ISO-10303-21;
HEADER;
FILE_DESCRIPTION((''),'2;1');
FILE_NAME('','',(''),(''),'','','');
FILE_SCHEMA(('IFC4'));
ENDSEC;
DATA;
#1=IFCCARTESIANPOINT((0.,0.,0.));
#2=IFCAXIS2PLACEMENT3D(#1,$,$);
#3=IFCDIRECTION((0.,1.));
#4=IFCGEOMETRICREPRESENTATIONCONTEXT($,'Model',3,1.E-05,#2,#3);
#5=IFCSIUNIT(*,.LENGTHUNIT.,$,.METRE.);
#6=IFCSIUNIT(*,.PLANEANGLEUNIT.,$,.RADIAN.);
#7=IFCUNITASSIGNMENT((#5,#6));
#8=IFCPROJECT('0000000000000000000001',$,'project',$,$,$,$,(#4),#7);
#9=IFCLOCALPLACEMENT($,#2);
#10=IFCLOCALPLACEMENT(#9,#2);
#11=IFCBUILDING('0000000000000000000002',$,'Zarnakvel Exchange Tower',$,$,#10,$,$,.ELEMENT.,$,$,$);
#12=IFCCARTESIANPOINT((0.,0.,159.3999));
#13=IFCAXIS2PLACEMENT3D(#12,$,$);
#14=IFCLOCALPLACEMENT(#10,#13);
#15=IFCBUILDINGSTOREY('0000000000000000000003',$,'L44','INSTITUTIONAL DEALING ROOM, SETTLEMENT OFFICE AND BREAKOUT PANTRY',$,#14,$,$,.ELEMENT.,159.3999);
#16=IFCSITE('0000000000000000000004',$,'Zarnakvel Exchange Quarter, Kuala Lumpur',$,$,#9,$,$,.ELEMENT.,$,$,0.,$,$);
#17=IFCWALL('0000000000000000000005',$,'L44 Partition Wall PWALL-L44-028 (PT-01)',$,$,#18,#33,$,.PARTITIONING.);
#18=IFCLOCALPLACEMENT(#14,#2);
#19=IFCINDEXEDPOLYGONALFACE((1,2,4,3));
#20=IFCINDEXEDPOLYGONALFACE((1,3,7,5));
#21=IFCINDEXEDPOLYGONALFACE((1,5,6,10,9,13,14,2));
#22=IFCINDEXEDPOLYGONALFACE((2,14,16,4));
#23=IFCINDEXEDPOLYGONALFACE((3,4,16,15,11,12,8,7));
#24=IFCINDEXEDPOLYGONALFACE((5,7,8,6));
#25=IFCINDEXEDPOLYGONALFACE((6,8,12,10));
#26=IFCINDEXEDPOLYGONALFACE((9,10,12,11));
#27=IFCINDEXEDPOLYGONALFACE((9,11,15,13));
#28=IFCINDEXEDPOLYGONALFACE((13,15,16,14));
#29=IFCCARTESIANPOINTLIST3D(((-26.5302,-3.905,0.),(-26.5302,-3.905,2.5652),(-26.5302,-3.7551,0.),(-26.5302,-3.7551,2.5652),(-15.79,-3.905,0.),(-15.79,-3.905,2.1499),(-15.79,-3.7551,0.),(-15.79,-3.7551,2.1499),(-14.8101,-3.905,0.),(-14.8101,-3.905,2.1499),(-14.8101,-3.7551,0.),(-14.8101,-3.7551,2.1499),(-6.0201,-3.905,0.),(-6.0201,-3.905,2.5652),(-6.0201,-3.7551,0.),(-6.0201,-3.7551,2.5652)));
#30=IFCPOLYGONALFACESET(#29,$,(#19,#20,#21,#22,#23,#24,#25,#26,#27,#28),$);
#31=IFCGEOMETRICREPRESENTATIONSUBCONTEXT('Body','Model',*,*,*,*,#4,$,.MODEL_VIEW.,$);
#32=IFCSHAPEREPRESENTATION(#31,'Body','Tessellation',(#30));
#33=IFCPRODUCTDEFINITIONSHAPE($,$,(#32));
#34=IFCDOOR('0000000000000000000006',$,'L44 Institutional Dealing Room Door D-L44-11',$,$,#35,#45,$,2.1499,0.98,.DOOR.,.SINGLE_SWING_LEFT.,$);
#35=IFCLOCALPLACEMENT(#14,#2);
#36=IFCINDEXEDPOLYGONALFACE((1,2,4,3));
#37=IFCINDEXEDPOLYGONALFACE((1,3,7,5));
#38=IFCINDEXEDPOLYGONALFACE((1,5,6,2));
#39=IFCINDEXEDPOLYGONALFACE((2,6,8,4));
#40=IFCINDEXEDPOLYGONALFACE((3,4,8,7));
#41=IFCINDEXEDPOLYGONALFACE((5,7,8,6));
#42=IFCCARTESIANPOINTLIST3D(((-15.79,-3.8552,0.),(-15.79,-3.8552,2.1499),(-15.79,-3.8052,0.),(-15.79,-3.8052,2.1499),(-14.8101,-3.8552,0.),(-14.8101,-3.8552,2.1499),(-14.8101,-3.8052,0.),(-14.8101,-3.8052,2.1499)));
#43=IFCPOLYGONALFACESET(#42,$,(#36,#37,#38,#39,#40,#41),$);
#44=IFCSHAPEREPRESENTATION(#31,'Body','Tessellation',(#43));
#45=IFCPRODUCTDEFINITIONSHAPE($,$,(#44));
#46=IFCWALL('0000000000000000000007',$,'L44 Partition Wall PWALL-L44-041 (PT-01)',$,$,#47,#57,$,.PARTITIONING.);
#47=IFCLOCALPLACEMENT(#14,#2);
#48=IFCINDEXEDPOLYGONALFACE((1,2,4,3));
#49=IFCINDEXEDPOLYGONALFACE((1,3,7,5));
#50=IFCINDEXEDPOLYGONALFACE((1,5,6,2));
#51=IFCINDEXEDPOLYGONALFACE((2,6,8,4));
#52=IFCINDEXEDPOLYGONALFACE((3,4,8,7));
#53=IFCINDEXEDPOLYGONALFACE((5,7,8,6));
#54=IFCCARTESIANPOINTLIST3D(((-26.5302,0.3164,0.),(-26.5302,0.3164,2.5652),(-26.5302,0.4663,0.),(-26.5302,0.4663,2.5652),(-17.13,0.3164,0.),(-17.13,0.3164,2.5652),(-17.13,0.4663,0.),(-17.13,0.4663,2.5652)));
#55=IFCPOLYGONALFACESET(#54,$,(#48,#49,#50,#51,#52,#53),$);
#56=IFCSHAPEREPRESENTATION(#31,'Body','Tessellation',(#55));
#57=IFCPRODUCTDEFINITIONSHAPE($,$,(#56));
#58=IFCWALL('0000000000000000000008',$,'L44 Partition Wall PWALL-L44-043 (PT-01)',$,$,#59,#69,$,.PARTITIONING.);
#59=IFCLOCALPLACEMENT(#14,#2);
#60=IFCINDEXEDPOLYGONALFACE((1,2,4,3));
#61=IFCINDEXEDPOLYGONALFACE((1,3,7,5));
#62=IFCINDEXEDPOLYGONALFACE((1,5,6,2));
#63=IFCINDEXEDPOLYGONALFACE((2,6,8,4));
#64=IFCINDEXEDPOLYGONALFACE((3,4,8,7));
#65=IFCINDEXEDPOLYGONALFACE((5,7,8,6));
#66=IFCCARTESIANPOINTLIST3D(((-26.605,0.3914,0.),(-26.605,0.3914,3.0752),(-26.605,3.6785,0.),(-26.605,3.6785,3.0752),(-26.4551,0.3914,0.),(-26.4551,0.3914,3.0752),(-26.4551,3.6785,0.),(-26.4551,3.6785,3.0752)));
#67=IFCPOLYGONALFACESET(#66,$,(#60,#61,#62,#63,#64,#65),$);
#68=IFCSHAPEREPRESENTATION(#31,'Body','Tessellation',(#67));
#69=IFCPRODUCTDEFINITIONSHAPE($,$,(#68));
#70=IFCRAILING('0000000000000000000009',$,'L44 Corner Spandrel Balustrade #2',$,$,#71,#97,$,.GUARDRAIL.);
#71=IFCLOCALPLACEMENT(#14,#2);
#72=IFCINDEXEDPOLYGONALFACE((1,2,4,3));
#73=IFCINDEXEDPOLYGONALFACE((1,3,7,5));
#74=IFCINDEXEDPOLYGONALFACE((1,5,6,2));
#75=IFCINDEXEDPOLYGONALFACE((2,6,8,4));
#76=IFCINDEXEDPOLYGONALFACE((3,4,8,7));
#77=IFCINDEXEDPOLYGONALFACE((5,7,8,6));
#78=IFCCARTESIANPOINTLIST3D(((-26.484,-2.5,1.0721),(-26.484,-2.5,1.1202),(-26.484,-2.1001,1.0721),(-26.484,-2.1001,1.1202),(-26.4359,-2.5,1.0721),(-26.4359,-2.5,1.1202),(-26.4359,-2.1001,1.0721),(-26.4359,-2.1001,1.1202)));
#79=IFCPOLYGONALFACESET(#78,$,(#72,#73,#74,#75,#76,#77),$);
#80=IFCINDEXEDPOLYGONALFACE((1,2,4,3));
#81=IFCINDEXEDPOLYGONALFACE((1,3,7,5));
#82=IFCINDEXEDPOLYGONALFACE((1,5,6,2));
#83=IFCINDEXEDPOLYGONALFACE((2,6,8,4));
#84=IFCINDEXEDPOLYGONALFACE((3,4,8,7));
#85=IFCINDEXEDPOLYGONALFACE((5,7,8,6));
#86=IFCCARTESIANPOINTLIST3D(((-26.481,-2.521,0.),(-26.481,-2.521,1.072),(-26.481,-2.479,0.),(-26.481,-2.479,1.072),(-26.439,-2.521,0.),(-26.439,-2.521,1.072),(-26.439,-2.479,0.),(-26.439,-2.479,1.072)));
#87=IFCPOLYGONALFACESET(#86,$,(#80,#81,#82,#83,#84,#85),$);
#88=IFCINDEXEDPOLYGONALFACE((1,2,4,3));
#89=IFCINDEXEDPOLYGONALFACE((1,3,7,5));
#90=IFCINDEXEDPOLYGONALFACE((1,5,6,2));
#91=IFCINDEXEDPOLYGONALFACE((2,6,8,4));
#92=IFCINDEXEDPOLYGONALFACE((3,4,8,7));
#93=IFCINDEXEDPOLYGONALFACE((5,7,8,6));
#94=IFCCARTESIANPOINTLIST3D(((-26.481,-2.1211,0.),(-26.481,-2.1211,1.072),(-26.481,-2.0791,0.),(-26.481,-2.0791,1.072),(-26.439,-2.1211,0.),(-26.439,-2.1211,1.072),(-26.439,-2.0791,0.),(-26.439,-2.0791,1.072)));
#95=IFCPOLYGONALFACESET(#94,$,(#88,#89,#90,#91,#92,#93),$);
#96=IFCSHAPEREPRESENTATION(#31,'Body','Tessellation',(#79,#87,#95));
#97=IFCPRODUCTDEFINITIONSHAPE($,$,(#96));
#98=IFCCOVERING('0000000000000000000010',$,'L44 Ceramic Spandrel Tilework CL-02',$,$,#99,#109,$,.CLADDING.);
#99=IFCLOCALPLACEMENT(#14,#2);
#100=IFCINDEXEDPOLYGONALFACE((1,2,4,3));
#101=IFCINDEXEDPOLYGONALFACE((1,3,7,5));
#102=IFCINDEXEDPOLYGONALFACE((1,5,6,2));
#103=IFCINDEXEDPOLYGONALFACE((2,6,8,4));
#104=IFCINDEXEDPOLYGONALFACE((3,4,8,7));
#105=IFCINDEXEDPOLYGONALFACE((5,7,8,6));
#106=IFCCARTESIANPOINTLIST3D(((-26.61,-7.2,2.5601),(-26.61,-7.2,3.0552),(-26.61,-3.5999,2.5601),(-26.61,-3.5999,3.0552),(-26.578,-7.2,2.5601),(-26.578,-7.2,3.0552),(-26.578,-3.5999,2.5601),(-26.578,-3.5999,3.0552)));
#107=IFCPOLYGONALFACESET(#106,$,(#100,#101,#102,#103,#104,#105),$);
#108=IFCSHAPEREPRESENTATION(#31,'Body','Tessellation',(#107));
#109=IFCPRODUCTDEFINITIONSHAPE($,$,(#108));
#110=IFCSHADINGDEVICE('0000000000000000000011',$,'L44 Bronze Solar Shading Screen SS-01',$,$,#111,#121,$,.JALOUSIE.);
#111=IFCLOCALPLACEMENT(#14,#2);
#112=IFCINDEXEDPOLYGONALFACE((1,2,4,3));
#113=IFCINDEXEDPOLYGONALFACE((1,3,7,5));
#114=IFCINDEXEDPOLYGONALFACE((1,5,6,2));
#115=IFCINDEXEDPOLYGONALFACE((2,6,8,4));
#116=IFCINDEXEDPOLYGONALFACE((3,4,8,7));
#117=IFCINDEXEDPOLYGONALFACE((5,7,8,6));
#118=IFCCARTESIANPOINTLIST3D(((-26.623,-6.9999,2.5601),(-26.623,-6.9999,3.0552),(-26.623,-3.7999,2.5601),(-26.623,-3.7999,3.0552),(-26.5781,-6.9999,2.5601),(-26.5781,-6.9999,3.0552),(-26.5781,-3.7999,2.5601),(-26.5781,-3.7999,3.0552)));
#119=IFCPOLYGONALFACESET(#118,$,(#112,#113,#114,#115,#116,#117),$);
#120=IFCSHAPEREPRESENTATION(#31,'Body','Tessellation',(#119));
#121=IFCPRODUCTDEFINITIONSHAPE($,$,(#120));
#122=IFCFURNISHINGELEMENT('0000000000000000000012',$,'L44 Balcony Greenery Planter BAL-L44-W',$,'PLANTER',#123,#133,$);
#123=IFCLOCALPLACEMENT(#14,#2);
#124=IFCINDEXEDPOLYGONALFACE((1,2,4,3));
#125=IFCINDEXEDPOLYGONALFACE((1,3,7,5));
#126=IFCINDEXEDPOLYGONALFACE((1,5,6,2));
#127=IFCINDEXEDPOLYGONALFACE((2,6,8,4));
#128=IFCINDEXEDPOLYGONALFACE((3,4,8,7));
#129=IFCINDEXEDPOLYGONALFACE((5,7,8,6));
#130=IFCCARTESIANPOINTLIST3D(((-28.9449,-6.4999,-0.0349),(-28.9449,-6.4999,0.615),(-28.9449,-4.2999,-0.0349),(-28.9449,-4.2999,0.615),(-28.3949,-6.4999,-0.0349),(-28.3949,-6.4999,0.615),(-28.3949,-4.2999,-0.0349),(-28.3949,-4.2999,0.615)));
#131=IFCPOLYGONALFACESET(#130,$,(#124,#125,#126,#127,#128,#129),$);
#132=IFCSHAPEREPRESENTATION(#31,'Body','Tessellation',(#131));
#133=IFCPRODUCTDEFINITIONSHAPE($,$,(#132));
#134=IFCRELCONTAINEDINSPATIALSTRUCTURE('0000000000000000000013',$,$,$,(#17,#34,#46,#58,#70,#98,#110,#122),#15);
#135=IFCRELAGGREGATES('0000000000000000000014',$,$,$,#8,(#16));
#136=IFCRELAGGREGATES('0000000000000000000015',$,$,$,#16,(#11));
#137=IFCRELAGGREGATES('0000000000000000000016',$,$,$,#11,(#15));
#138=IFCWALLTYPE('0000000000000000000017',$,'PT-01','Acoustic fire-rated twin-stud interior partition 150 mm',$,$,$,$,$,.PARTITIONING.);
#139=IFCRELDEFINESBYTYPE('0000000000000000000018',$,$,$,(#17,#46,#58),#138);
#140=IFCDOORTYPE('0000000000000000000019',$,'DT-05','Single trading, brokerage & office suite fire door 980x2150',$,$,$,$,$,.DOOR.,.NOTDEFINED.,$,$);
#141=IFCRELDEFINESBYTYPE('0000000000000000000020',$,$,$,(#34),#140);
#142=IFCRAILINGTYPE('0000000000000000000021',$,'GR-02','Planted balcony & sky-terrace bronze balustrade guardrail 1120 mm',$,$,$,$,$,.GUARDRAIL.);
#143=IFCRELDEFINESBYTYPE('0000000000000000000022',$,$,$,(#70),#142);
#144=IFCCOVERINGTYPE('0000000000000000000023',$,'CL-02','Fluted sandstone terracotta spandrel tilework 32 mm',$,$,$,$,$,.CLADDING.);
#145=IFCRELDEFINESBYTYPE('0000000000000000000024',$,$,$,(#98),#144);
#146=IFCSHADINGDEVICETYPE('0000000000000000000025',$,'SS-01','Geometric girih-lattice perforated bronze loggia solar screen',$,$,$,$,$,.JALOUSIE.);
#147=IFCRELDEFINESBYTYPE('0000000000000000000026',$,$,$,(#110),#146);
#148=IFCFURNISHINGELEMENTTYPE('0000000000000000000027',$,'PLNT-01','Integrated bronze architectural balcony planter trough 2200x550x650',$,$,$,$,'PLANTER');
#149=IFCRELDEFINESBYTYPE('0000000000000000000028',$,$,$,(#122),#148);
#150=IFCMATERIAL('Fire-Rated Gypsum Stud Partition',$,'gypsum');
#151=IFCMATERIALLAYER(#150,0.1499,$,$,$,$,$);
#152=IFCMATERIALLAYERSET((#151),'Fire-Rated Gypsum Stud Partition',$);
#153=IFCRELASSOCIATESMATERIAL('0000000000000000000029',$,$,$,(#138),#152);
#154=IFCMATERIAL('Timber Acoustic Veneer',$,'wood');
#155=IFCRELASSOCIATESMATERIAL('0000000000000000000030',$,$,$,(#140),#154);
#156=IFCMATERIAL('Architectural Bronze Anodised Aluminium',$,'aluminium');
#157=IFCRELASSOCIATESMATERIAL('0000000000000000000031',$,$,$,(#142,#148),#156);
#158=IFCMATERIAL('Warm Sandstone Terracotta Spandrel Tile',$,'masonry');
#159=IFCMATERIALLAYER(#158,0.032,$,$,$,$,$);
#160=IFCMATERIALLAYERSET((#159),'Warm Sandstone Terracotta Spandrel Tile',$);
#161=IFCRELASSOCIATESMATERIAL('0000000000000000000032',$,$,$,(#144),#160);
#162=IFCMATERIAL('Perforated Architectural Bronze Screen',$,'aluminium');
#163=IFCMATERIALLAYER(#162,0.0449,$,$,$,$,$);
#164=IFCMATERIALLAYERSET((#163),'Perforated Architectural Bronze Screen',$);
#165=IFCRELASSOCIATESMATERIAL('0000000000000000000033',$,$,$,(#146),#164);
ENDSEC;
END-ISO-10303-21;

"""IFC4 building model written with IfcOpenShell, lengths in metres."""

from ifc_helpers import new_model, si_unit, direction, frame, frame_2d, origin, origin_2d, place, context, subcontext, project, spatial, rectangle, extrude, source, transform, mapped, material, layer, layer_set, type_object, element, fill, save


model = new_model("IFC4")

# Units and contexts
model_context = context("Model", 3, precision=1e-05, world=origin(), true_north=direction((0.0, 1.0)))
body_context = subcontext(model_context, "Body", "Model", "MODEL_VIEW")
ifc_project = project(units=[si_unit("LENGTHUNIT", "METRE"), si_unit("PLANEANGLEUNIT", "RADIAN")], contexts=[model_context])

# Site, building, storey
site_placement = place(None, origin())
site = spatial("IfcSite", under=ifc_project, at=site_placement, Name="Zarnakvel Exchange Quarter, Kuala Lumpur", CompositionType="ELEMENT", RefElevation=0.0)
building_placement = place(site_placement, origin())
building = spatial("IfcBuilding", under=site, at=building_placement, Name="Zarnakvel Exchange Tower", CompositionType="ELEMENT")
storey_placement = place(building_placement, frame((0.0, 0.0, 159.3999)))
storey = spatial("IfcBuildingStorey", under=building, at=storey_placement, Name="L44", Description="INSTITUTIONAL DEALING ROOM, SETTLEMENT OFFICE AND BREAKOUT PANTRY", CompositionType="ELEMENT", Elevation=159.3999)

# Shared definitions
ifc_material_1 = material(Name="Architectural Bronze Anodised Aluminium", Category="aluminium")

# Wall, opening, door
ifc_material_2 = material(Name="Fire-Rated Gypsum Stud Partition", Category="gypsum")
ifc_layer_1 = layer(ifc_material_2, 0.1499)
ifc_layer_set_1 = layer_set([ifc_layer_1], Name="Fire-Rated Gypsum Stud Partition")
wall_type_1 = type_object("IfcWallType", Name="PT-01", Description="Acoustic fire-rated twin-stud interior partition 150 mm", PredefinedType="PARTITIONING", material=ifc_layer_set_1)
wall_1_placement = place(storey_placement, frame((-26.53, -3.8301, 0.0), z_axis=(0.0, 0.0, 1.0), x_axis=(1.0, 0.0, 0.0)))
wall_1 = element("IfcWall", 1, at=wall_1_placement, inside=storey, type_object=wall_type_1, Name="L44 Partition Wall PWALL-L44-028 (PT-01)", PredefinedType="PARTITIONING", context=body_context, shape_type="SweptSolid", body=[
    extrude(rectangle(XDim=20.51, YDim=0.1499, at=frame_2d((10.2549, 0.0))), origin(), (0.0, 0.0, 1.0), 2.5652),
])
opening_placement = place(wall_1_placement, frame((10.74, 0.0, 0.0)))
opening = element("IfcOpeningElement", 2, at=opening_placement, cuts=wall_1, PredefinedType="OPENING", context=body_context, shape_type="SweptSolid", body=[
    extrude(rectangle(XDim=0.98, YDim=2.1499, at=frame_2d((0.49, 1.075))), frame((0.0, 0.085, 0.0), z_axis=(0.0, -1.0, 0.0), x_axis=(1.0, 0.0, 0.0)), (0.0, 0.0, 1.0), 0.1699),
])
ifc_material_3 = material(Name="Timber Acoustic Veneer", Category="wood")
door_type = type_object("IfcDoorType", Name="DT-05", Description="Single trading, brokerage & office suite fire door 980x2150", OperationType="NOTDEFINED", PredefinedType="DOOR", material=ifc_material_3)
shared_shape_1 = source(origin(), body_context, "Body", "SweptSolid", [
    extrude(rectangle(XDim=0.98, YDim=2.1499, at=frame_2d((0.49, 1.075))), frame((0.0, 0.0249, 0.0), z_axis=(0.0, -1.0, 0.0), x_axis=(1.0, 0.0, 0.0)), (0.0, 0.0, 1.0), 0.05),
])
door_placement = place(opening_placement, origin())
door = element("IfcDoor", 3, at=door_placement, inside=storey, type_object=door_type, Name="L44 Institutional Dealing Room Door D-L44-11", OperationType="SINGLE_SWING_LEFT", OverallHeight=2.1499, OverallWidth=0.98, PredefinedType="DOOR", context=body_context, shape_type="MappedRepresentation", body=[
    mapped(shared_shape_1, transform((0.0, 0.0, 0.0), x_axis=(1.0, 0.0, 0.0), y_axis=(0.0, 1.0, 0.0), z_axis=(0.0, 0.0, 1.0), scale=1.0)),
])
fill(opening, door)

# Walls
wall_2_placement = place(storey_placement, frame((-17.1299, 0.3914, 0.0), z_axis=(0.0, 0.0, 1.0), x_axis=(-1.0, 0.0, 0.0)))
element("IfcWall", 4, at=wall_2_placement, inside=storey, type_object=wall_type_1, Name="L44 Partition Wall PWALL-L44-041 (PT-01)", PredefinedType="PARTITIONING", context=body_context, shape_type="SweptSolid", body=[
    extrude(rectangle(XDim=9.4001, YDim=0.1499, at=frame_2d((4.7002, 0.0))), origin(), (0.0, 0.0, 1.0), 2.5652),
])
wall_3_placement = place(storey_placement, frame((-26.53, 0.3914, 0.0), z_axis=(0.0, 0.0, 1.0), x_axis=(0.0, 1.0, 0.0)))
element("IfcWall", 5, at=wall_3_placement, inside=storey, type_object=wall_type_1, Name="L44 Partition Wall PWALL-L44-043 (PT-01)", PredefinedType="PARTITIONING", context=body_context, shape_type="SweptSolid", body=[
    extrude(rectangle(XDim=3.2871, YDim=0.1499, at=frame_2d((1.6436, 0.0))), origin(), (0.0, 0.0, 1.0), 3.0752),
])

# Railing
railing_type = type_object("IfcRailingType", Name="GR-02", Description="Planted balcony & sky-terrace bronze balustrade guardrail 1120 mm", PredefinedType="GUARDRAIL", material=ifc_material_1)
railing_placement = place(storey_placement, frame((-26.46, -2.5, 0.0)))
element("IfcRailing", 6, at=railing_placement, inside=storey, type_object=railing_type, Name="L44 Corner Spandrel Balustrade #2", PredefinedType="GUARDRAIL", context=body_context, shape_type="SweptSolid", body=[
    extrude(rectangle(XDim=0.0481, YDim=0.0481, at=origin_2d()), frame((0.0, 0.0, 1.0962), z_axis=(0.0, 1.0, 0.0), x_axis=(-1.0, 0.0, 0.0)), (0.0, 0.0, 1.0), 0.3999),
    extrude(rectangle(XDim=0.042, YDim=0.042, at=origin_2d()), origin(), (0.0, 0.0, 1.0), 1.072),
    extrude(rectangle(XDim=0.042, YDim=0.042, at=origin_2d()), frame((0.0, 0.3999, 0.0)), (0.0, 0.0, 1.0), 1.072),
])

# Covering
ifc_material_4 = material(Name="Warm Sandstone Terracotta Spandrel Tile", Category="masonry")
ifc_layer_2 = layer(ifc_material_4, 0.032)
ifc_layer_set_2 = layer_set([ifc_layer_2], Name="Warm Sandstone Terracotta Spandrel Tile")
covering_type = type_object("IfcCoveringType", Name="CL-02", Description="Fluted sandstone terracotta spandrel tilework 32 mm", PredefinedType="CLADDING", material=ifc_layer_set_2)
shared_shape_2 = source(origin(), body_context, "Body", "SweptSolid", [
    extrude(rectangle(XDim=3.6001, YDim=0.032, at=origin_2d()), origin(), (0.0, 0.0, 1.0), 0.4951),
])
covering_placement = place(storey_placement, frame((-26.594, -5.3999, 2.5601), z_axis=(0.0, 0.0, 1.0), x_axis=(0.0, 1.0, 0.0)))
element("IfcCovering", 7, at=covering_placement, inside=storey, type_object=covering_type, Name="L44 Ceramic Spandrel Tilework CL-02", PredefinedType="CLADDING", context=body_context, shape_type="MappedRepresentation", body=[
    mapped(shared_shape_2, transform((0.0, 0.0, 0.0), x_axis=(1.0, 0.0, 0.0), y_axis=(0.0, 1.0, 0.0), z_axis=(0.0, 0.0, 1.0), scale=1.0)),
])

# Shading device
ifc_material_5 = material(Name="Perforated Architectural Bronze Screen", Category="aluminium")
ifc_layer_3 = layer(ifc_material_5, 0.0449)
ifc_layer_set_3 = layer_set([ifc_layer_3], Name="Perforated Architectural Bronze Screen")
shading_device_type = type_object("IfcShadingDeviceType", Name="SS-01", Description="Geometric girih-lattice perforated bronze loggia solar screen", PredefinedType="JALOUSIE", material=ifc_layer_set_3)
shared_shape_3 = source(origin(), body_context, "Body", "SweptSolid", [
    extrude(rectangle(XDim=3.2, YDim=0.0449, at=origin_2d()), origin(), (0.0, 0.0, 1.0), 0.4951),
])
shading_device_placement = place(storey_placement, frame((-26.6006, -5.3999, 2.5601), z_axis=(0.0, 0.0, 1.0), x_axis=(0.0, 1.0, 0.0)))
element("IfcShadingDevice", 8, at=shading_device_placement, inside=storey, type_object=shading_device_type, Name="L44 Bronze Solar Shading Screen SS-01", PredefinedType="JALOUSIE", context=body_context, shape_type="MappedRepresentation", body=[
    mapped(shared_shape_3, transform((0.0, 0.0, 0.0), x_axis=(1.0, 0.0, 0.0), y_axis=(0.0, 1.0, 0.0), z_axis=(0.0, 0.0, 1.0), scale=1.0)),
])

# Furnishing element
furnishing_element_type = type_object("IfcFurnishingElementType", Name="PLNT-01", Description="Integrated bronze architectural balcony planter trough 2200x550x650", ElementType="PLANTER", material=ifc_material_1)
shared_shape_4 = source(origin(), body_context, "Body", "SweptSolid", [
    extrude(rectangle(XDim=2.2, YDim=0.55, at=origin_2d()), origin(), (0.0, 0.0, 1.0), 0.6499),
])
furnishing_placement = place(storey_placement, frame((-28.6699, -5.3999, -0.0349), z_axis=(0.0, 0.0, 1.0), x_axis=(0.0, 1.0, 0.0)))
element("IfcFurnishingElement", 9, at=furnishing_placement, inside=storey, type_object=furnishing_element_type, Name="L44 Balcony Greenery Planter BAL-L44-W", ObjectType="PLANTER", context=body_context, shape_type="MappedRepresentation", body=[
    mapped(shared_shape_4, transform((0.0, 0.0, 0.0), x_axis=(1.0, 0.0, 0.0), y_axis=(0.0, 1.0, 0.0), z_axis=(0.0, 0.0, 1.0), scale=1.0)),
])

save(model, "model.ifc")
